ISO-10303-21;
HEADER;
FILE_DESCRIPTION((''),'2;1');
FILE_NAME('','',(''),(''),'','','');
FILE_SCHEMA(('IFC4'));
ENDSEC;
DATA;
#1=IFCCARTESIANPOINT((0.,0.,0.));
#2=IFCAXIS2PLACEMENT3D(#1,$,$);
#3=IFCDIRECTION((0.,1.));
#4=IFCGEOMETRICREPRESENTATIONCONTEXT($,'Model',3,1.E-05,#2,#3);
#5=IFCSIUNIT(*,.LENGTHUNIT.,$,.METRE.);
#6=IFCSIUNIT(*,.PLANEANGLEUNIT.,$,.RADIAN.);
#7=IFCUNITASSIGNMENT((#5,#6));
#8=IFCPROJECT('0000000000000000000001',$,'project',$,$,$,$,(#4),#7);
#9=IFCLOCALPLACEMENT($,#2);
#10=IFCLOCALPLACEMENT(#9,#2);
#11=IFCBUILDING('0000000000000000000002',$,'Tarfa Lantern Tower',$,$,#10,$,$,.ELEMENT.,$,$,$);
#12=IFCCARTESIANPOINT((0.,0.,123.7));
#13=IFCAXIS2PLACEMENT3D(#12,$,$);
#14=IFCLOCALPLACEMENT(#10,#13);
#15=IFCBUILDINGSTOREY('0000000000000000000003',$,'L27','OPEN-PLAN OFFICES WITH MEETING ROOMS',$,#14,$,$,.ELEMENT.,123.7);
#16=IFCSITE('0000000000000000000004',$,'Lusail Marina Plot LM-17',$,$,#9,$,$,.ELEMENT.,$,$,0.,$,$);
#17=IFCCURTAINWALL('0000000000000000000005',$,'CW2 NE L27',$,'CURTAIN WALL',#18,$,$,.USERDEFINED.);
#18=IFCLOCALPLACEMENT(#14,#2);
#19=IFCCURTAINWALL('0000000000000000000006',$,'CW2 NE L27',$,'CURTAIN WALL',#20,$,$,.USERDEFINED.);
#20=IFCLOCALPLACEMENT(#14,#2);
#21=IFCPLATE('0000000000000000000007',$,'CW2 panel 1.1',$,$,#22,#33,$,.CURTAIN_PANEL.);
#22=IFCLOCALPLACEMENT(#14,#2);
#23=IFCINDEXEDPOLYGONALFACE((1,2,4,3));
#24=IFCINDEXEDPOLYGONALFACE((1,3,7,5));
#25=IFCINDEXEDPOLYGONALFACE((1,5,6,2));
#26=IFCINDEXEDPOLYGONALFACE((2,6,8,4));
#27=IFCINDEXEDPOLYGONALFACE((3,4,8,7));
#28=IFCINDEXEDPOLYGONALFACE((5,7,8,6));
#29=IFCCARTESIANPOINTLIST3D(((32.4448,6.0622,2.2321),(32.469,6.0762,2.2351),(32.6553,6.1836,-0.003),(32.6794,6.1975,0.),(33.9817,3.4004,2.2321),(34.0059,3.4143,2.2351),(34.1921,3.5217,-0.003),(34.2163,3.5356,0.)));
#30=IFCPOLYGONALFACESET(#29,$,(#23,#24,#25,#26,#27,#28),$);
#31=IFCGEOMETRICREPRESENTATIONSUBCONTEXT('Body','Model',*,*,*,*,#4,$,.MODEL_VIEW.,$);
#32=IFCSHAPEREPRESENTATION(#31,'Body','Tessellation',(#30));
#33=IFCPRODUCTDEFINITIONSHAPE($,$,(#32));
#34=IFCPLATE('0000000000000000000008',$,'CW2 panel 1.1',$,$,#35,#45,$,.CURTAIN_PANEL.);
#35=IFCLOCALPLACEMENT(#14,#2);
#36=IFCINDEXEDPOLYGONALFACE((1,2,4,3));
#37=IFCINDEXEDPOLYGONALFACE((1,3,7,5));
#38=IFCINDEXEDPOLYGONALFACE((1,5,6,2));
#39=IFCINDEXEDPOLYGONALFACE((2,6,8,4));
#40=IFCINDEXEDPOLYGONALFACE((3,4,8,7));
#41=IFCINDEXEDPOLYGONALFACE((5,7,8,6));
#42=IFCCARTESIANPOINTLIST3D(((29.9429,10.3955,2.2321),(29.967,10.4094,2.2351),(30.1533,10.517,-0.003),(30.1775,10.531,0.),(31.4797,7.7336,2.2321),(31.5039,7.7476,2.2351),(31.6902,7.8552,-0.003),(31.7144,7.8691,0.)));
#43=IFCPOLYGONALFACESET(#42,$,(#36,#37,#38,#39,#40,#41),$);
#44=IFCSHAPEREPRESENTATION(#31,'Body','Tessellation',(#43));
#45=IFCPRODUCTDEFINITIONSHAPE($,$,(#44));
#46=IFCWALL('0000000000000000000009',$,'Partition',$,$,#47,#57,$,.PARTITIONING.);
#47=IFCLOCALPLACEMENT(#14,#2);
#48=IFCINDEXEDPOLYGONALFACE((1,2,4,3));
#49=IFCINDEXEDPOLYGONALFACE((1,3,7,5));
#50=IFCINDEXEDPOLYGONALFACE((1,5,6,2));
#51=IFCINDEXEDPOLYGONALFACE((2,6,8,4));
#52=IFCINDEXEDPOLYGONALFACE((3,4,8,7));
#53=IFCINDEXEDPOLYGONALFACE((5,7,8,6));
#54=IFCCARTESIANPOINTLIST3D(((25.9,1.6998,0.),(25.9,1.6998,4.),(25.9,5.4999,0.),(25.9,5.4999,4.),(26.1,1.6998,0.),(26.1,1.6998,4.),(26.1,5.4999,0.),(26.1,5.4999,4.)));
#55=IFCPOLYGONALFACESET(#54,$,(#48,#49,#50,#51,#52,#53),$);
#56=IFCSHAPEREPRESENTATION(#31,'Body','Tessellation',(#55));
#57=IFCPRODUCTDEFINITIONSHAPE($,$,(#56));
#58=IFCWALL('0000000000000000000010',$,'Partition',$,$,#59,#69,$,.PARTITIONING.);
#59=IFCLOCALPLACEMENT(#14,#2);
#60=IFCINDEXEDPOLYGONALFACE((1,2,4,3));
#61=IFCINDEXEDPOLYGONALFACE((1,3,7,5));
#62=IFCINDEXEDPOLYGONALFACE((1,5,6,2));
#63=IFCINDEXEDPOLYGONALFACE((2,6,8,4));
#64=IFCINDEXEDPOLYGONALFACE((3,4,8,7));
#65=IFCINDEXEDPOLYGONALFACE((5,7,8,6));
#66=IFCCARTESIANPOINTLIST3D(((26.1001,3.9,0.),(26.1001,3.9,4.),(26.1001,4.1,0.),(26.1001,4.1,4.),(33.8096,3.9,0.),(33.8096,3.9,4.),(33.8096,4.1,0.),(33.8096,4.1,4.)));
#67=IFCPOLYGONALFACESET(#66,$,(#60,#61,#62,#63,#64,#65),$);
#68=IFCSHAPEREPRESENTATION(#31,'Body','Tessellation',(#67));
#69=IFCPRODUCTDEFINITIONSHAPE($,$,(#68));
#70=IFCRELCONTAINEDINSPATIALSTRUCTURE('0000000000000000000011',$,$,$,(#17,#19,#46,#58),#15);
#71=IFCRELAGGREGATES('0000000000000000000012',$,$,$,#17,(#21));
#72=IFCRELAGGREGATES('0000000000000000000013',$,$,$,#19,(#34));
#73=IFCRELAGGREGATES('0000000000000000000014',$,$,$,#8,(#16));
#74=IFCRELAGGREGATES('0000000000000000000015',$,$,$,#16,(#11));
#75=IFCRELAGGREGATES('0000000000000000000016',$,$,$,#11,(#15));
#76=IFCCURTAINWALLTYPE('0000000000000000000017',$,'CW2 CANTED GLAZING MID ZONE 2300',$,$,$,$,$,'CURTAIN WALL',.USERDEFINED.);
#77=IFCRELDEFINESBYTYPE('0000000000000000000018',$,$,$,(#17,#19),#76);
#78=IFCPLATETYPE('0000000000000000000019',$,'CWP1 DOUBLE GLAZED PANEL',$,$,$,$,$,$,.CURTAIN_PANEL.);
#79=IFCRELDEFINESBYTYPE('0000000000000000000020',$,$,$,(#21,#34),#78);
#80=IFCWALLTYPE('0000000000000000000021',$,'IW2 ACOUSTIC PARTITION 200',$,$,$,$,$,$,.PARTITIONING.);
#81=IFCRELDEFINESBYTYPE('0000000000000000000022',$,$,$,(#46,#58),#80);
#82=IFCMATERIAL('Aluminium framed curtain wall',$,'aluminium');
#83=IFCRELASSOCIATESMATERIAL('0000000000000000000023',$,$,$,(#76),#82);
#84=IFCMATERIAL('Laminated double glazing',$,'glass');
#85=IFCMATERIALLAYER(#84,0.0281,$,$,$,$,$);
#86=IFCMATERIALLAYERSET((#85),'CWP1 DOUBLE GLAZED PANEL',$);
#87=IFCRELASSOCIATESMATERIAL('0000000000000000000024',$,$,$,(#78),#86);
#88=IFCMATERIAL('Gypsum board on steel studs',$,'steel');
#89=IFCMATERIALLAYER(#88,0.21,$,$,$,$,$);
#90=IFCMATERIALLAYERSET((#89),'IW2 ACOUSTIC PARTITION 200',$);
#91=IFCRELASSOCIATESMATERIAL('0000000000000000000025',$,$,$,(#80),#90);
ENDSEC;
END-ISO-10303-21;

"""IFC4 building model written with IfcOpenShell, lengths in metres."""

from ifc_helpers import new_model, si_unit, direction, frame, frame_2d, origin, place, context, subcontext, project, spatial, polyline, rectangle, outline, extrude, material, layer, layer_set, type_object, element, aggregate, save


model = new_model("IFC4")

# Units and contexts
model_context = context("Model", 3, precision=1e-05, world=origin(), true_north=direction((0.0, 1.0)))
body_context = subcontext(model_context, "Body", "Model", "MODEL_VIEW")
ifc_project = project(units=[si_unit("LENGTHUNIT", "METRE"), si_unit("PLANEANGLEUNIT", "RADIAN")], contexts=[model_context])

# Site, building, storey
site_placement = place(None, origin())
site = spatial("IfcSite", under=ifc_project, at=site_placement, Name="Lusail Marina Plot LM-17", CompositionType="ELEMENT", RefElevation=0.0)
building_placement = place(site_placement, origin())
building = spatial("IfcBuilding", under=site, at=building_placement, Name="Tarfa Lantern Tower", CompositionType="ELEMENT")
storey_placement = place(building_placement, frame((0.0, 0.0, 123.7)))
storey = spatial("IfcBuildingStorey", under=building, at=storey_placement, Name="L27", Description="OPEN-PLAN OFFICES WITH MEETING ROOMS", CompositionType="ELEMENT", Elevation=123.7)

# Curtain walls
ifc_material_1 = material(Name="Aluminium framed curtain wall", Category="aluminium")
curtain_wall_type_1 = type_object("IfcCurtainWallType", Name="CW2 CANTED GLAZING MID ZONE 2300", ElementType="CURTAIN WALL", PredefinedType="USERDEFINED", material=ifc_material_1)
curtain_wall_1_placement = place(storey_placement, origin())
curtain_wall_1 = element("IfcCurtainWall", 1, at=curtain_wall_1_placement, inside=storey, type_object=curtain_wall_type_1, Name="CW2 NE L27", ObjectType="CURTAIN WALL", PredefinedType="USERDEFINED")
curtain_wall_2_placement = place(storey_placement, origin())
curtain_wall_2 = element("IfcCurtainWall", 2, at=curtain_wall_2_placement, inside=storey, type_object=curtain_wall_type_1, Name="CW2 NE L27", ObjectType="CURTAIN WALL", PredefinedType="USERDEFINED")

# Plates
ifc_material_2 = material(Name="Laminated double glazing", Category="glass")
ifc_layer_1 = layer(ifc_material_2, 0.0281)
ifc_layer_set_1 = layer_set([ifc_layer_1], Name="CWP1 DOUBLE GLAZED PANEL")
plate_type = type_object("IfcPlateType", Name="CWP1 DOUBLE GLAZED PANEL", PredefinedType="CURTAIN_PANEL", material=ifc_layer_set_1)
plate_1_placement = place(storey_placement, frame((34.2163, 3.5356, 0.0), z_axis=(0.86095, 0.497082, 0.108049), x_axis=(-0.500009, 0.86602, 0.0)))
plate_1 = element("IfcPlate", 3, at=plate_1_placement, type_object=plate_type, Name="CW2 panel 1.1", PredefinedType="CURTAIN_PANEL", context=body_context, shape_type="SweptSolid", body=[
    extrude(outline(polyline([(0.0, 0.0), (3.0737, 0.0), (3.0738, 2.2483), (0.0001, 2.2483), (0.0, 0.0)])), origin(), (0.0, 0.0, -1.0), 0.0281),
])
aggregate(curtain_wall_1, [plate_1])
plate_2_placement = place(storey_placement, frame((31.7144, 7.8691, 0.0), z_axis=(0.860945, 0.497079, 0.108103), x_axis=(-0.500009, 0.86602, 0.0)))
plate_2 = element("IfcPlate", 4, at=plate_2_placement, type_object=plate_type, Name="CW2 panel 1.1", PredefinedType="CURTAIN_PANEL", context=body_context, shape_type="SweptSolid", body=[
    extrude(outline(polyline([(0.0, 0.0), (3.0737, 0.0), (3.0736, 2.2483), (-0.0001, 2.2483), (0.0, 0.0)])), origin(), (0.0, 0.0, -1.0), 0.0281),
])
aggregate(curtain_wall_2, [plate_2])

# Walls
ifc_material_3 = material(Name="Gypsum board on steel studs", Category="steel")
ifc_layer_2 = layer(ifc_material_3, 0.21)
ifc_layer_set_2 = layer_set([ifc_layer_2], Name="IW2 ACOUSTIC PARTITION 200")
wall_type = type_object("IfcWallType", Name="IW2 ACOUSTIC PARTITION 200", PredefinedType="PARTITIONING", material=ifc_layer_set_2)
wall_1_placement = place(storey_placement, frame((26.0, 1.7, 0.0), z_axis=(0.0, 0.0, 1.0), x_axis=(0.0, 1.0, 0.0)))
element("IfcWall", 5, at=wall_1_placement, inside=storey, type_object=wall_type, Name="Partition", PredefinedType="PARTITIONING", context=body_context, shape_type="SweptSolid", body=[
    extrude(rectangle(XDim=3.8, YDim=0.2, at=frame_2d((1.8999, 0.0))), origin(), (0.0, 0.0, 1.0), 4.0),
])
wall_2_placement = place(storey_placement, frame((26.1001, 4.0, 0.0), z_axis=(0.0, 0.0, 1.0), x_axis=(1.0, 0.0, 0.0)))
element("IfcWall", 6, at=wall_2_placement, inside=storey, type_object=wall_type, Name="Partition", PredefinedType="PARTITIONING", context=body_context, shape_type="SweptSolid", body=[
    extrude(rectangle(XDim=7.7095, YDim=0.2, at=frame_2d((3.8547, 0.0))), origin(), (0.0, 0.0, 1.0), 4.0),
])

save(model, "model.ifc")
